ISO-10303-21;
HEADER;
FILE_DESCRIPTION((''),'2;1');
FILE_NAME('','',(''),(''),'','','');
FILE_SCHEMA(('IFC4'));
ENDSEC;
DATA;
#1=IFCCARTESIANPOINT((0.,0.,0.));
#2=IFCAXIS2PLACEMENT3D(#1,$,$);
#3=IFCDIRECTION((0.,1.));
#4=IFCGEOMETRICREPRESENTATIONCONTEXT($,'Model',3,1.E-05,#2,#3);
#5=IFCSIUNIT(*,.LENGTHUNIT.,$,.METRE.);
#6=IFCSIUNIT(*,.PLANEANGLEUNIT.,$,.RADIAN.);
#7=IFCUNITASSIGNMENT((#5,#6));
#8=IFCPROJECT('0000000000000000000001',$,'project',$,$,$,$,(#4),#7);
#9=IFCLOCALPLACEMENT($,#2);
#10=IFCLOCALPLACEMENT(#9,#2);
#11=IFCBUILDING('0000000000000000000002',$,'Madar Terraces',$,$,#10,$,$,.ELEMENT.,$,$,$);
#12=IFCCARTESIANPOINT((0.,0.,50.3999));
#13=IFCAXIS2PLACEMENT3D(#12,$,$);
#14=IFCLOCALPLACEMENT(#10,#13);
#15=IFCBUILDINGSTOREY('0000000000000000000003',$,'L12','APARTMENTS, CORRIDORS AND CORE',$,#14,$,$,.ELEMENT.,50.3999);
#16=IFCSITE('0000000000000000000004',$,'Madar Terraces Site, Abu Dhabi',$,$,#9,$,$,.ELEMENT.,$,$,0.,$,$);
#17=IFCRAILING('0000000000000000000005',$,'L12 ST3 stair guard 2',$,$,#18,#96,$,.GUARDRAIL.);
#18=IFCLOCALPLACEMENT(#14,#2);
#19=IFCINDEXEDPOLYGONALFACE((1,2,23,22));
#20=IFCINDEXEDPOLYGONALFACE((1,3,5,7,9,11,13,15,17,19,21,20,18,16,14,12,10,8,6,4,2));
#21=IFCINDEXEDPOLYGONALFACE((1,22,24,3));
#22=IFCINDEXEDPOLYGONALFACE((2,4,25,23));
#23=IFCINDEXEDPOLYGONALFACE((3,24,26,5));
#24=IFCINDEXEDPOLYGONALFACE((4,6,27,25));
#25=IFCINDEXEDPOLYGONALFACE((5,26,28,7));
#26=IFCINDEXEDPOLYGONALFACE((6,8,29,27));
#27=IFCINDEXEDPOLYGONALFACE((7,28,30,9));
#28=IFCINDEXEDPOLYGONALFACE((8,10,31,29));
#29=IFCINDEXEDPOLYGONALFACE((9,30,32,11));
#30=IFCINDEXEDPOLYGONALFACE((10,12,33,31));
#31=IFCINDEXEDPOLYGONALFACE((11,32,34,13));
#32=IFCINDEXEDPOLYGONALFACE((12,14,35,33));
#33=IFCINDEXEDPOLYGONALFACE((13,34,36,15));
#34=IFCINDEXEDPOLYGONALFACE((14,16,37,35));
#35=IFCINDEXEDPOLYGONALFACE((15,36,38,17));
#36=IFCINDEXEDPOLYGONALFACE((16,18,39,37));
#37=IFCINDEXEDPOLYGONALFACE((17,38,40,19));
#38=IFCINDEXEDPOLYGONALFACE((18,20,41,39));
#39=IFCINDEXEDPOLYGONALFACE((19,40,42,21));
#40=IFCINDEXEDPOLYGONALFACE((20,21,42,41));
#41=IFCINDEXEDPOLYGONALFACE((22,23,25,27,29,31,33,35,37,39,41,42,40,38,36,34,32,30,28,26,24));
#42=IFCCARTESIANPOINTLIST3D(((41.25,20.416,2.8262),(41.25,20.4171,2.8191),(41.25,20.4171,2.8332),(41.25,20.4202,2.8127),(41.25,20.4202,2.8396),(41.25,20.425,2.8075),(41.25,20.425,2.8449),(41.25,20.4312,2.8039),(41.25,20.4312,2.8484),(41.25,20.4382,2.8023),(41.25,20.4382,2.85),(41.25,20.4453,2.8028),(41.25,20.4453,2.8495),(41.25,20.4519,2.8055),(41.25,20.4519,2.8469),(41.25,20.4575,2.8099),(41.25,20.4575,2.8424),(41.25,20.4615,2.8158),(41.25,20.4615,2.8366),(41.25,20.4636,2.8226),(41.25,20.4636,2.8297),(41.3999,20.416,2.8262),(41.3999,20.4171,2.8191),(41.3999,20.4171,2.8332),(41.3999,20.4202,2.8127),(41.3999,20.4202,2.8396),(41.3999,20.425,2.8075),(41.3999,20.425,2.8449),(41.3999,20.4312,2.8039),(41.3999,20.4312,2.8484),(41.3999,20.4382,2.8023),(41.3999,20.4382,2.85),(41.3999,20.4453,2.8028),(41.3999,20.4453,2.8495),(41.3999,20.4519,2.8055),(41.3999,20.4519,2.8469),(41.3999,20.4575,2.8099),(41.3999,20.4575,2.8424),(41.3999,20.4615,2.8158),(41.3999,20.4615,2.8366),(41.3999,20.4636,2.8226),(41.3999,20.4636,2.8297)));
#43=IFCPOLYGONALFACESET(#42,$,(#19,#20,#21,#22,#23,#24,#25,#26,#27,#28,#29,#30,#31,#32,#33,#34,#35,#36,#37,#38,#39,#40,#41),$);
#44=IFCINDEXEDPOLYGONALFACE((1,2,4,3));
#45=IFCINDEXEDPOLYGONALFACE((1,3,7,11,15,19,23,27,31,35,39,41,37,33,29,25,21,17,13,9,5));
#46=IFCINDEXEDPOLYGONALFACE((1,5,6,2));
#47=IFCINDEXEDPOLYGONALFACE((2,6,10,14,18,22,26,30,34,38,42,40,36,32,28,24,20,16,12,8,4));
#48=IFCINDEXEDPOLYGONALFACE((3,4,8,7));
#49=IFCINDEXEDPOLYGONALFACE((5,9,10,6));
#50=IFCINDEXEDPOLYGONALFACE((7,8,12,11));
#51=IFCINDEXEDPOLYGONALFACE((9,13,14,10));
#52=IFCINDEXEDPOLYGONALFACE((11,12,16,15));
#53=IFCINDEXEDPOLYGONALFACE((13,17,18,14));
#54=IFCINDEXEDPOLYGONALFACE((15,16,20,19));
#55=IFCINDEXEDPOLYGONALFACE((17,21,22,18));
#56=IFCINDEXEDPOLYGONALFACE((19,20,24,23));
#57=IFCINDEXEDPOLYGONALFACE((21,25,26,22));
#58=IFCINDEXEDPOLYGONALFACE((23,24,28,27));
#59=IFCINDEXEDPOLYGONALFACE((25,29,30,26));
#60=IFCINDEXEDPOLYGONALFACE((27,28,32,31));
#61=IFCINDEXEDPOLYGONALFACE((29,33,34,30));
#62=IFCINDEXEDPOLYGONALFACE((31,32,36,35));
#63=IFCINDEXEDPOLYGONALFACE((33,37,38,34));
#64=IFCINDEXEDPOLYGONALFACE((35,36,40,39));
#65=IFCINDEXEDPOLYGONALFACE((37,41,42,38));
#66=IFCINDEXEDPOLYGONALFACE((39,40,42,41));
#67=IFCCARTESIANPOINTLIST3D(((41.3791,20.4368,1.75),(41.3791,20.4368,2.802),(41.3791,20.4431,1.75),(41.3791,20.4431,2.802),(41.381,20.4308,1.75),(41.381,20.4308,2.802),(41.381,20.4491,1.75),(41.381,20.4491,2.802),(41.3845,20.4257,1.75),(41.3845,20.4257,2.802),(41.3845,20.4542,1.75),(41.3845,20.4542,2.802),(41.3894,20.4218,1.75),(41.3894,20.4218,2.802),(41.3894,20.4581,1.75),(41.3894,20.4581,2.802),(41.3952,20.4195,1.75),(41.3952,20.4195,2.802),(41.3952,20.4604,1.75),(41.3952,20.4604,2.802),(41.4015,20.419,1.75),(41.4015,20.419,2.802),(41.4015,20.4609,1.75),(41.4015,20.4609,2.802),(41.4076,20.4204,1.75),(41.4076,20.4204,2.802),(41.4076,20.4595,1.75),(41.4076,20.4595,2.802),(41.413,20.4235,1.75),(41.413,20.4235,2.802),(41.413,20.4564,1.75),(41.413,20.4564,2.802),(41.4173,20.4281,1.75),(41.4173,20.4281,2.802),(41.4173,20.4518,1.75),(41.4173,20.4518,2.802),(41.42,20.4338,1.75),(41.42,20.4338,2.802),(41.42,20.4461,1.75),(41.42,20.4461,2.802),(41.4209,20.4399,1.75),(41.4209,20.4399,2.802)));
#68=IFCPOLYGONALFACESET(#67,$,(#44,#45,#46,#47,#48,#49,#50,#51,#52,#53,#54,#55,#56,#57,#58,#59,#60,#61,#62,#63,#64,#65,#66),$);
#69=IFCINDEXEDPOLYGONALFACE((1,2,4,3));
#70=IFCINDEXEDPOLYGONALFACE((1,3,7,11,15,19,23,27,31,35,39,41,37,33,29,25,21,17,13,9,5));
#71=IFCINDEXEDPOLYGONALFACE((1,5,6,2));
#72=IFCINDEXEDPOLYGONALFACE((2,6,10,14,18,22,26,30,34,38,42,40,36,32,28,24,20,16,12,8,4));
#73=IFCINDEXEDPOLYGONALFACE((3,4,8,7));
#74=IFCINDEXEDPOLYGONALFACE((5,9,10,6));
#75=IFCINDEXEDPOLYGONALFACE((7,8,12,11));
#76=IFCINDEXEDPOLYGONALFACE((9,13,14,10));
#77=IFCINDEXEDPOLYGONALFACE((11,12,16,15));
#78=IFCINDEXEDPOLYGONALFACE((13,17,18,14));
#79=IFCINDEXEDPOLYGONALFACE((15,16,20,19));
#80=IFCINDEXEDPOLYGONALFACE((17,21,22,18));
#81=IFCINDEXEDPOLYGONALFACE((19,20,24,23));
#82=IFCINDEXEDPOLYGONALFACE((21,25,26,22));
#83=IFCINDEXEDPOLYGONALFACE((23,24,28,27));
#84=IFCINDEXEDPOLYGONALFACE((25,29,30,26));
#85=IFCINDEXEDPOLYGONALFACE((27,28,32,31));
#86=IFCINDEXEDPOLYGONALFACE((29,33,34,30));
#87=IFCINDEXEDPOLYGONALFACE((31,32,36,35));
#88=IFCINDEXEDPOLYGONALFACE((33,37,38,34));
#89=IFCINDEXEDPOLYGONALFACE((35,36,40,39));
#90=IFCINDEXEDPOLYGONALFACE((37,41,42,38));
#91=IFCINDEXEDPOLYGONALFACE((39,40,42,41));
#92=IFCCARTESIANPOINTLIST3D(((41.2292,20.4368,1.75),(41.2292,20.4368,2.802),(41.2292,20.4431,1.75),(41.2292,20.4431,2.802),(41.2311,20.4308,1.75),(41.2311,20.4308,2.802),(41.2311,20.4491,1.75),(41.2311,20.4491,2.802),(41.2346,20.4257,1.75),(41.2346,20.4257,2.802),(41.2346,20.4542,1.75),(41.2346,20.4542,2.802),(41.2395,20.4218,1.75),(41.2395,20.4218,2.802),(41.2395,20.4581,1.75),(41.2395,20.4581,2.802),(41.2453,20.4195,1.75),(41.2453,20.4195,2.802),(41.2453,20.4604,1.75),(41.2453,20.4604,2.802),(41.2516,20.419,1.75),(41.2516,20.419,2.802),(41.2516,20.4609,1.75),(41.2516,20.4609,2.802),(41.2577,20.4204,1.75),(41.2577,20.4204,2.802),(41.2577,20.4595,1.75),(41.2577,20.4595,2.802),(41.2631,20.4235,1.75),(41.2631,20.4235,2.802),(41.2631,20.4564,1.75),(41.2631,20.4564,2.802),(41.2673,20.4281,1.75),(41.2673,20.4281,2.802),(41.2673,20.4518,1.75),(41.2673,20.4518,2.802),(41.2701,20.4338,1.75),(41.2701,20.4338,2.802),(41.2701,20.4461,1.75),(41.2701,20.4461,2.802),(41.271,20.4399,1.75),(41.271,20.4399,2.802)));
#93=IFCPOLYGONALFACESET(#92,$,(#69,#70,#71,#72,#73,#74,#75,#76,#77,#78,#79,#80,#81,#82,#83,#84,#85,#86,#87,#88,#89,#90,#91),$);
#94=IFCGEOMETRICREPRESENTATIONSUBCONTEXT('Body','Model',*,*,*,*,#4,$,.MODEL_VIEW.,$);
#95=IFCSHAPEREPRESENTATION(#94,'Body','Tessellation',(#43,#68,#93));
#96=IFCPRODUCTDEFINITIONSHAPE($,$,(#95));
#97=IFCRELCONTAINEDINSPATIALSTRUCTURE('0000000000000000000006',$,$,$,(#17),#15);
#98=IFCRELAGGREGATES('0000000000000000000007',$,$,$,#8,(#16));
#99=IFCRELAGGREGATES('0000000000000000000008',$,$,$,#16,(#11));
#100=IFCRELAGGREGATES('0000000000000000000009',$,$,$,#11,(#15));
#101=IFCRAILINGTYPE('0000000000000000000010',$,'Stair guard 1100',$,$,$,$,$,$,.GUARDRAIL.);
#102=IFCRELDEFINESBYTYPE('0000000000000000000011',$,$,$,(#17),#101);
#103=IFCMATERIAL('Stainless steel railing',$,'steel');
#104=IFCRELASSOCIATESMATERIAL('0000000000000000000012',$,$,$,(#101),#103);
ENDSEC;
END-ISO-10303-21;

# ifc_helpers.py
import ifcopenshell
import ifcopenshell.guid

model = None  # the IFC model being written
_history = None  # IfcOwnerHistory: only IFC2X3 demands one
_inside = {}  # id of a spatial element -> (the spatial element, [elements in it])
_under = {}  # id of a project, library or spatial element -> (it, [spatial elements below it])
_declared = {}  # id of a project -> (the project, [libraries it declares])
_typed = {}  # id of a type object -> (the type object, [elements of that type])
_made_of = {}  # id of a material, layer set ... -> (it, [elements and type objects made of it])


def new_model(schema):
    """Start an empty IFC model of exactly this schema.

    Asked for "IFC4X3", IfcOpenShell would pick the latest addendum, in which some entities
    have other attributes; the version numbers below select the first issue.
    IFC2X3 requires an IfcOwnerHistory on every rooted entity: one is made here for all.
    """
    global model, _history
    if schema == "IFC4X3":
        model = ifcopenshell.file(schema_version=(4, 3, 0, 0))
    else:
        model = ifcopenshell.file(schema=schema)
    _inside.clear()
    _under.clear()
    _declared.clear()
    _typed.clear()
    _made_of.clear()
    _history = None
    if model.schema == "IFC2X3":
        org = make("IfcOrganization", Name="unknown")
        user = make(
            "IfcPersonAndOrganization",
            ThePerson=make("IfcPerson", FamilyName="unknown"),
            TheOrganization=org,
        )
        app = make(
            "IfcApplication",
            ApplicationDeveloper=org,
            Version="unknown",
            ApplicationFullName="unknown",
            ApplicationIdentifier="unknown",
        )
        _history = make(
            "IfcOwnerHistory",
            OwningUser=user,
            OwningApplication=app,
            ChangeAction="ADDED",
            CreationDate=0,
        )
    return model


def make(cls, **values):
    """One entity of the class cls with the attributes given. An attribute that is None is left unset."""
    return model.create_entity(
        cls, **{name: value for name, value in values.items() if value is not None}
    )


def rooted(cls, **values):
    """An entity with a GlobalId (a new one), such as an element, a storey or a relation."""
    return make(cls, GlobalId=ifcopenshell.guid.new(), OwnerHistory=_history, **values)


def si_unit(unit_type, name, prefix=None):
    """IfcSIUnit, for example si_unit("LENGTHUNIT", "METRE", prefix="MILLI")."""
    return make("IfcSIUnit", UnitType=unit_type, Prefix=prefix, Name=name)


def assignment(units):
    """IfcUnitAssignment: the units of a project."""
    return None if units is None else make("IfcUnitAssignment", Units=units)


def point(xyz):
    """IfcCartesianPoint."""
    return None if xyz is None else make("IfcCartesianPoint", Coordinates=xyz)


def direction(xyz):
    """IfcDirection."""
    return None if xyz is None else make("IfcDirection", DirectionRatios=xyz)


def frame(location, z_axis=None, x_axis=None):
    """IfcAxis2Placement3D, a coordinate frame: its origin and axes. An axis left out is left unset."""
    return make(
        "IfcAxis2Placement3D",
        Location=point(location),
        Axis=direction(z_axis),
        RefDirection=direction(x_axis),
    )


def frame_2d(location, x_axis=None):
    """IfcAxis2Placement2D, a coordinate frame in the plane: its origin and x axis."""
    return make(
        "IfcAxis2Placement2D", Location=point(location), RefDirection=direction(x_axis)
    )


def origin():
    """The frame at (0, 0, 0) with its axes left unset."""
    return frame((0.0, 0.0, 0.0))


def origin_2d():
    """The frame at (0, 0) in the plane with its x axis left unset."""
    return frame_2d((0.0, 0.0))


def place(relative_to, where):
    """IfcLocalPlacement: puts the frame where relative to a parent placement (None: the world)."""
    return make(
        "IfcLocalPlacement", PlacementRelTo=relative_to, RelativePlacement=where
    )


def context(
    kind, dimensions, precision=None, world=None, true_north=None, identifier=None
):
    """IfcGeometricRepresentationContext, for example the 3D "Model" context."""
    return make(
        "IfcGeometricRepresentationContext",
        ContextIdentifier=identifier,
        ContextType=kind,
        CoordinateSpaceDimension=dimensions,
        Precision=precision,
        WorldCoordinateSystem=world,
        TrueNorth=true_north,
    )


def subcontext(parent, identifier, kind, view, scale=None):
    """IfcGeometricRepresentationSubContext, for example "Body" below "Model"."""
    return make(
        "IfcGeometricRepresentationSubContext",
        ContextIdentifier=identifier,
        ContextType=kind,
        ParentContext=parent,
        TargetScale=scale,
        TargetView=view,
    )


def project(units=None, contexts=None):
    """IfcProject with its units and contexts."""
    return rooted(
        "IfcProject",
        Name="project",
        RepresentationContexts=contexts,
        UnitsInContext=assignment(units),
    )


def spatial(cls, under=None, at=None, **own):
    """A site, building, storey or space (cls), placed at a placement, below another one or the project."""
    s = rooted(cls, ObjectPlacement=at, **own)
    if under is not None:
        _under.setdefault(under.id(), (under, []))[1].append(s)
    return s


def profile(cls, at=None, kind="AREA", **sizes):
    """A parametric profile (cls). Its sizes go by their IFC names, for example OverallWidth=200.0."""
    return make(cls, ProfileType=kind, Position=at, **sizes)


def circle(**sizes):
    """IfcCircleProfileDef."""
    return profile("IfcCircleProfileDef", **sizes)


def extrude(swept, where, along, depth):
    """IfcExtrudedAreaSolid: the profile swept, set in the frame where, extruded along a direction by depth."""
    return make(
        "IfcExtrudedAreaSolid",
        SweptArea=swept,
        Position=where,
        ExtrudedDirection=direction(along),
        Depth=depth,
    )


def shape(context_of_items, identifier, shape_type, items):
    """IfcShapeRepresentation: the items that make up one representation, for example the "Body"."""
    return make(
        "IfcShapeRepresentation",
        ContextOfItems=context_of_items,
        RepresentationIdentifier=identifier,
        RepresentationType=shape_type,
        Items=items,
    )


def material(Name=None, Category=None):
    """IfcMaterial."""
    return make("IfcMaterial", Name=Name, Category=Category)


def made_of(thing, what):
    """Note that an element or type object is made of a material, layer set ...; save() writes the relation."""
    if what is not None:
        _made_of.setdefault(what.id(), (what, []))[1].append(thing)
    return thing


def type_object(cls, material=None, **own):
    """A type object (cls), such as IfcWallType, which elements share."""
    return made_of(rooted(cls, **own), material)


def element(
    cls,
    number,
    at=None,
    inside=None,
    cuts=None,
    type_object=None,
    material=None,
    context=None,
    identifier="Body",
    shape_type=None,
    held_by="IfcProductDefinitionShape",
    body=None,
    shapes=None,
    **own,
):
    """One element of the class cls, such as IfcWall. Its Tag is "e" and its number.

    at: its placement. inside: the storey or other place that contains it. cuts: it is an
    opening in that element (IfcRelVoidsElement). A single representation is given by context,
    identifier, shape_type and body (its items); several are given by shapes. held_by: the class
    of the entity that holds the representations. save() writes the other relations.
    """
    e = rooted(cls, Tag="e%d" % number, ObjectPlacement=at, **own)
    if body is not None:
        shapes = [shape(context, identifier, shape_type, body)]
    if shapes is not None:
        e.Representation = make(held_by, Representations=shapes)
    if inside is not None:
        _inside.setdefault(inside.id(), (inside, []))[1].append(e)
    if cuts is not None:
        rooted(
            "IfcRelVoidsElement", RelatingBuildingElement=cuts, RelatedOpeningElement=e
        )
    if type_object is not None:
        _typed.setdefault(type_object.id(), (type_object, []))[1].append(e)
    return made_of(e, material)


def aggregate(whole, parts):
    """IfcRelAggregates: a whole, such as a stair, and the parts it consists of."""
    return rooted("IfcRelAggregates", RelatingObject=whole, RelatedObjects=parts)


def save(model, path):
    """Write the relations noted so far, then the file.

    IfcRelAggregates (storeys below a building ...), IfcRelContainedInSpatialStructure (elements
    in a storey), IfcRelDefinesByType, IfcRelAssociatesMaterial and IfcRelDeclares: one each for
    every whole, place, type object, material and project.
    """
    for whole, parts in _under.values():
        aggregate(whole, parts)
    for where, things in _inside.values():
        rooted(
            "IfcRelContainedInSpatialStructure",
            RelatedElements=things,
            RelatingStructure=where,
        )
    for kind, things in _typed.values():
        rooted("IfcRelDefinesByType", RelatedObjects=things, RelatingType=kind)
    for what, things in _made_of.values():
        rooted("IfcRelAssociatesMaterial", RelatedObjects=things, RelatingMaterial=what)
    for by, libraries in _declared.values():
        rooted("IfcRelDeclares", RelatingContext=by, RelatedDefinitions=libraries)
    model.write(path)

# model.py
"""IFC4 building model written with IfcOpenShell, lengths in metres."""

from ifc_helpers import new_model, si_unit, direction, frame, origin, origin_2d, place, context, subcontext, project, spatial, circle, extrude, material, type_object, element, save


model = new_model("IFC4")

# Units and contexts
model_context = context("Model", 3, precision=1e-05, world=origin(), true_north=direction((0.0, 1.0)))
body_context = subcontext(model_context, "Body", "Model", "MODEL_VIEW")
ifc_project = project(units=[si_unit("LENGTHUNIT", "METRE"), si_unit("PLANEANGLEUNIT", "RADIAN")], contexts=[model_context])

# Site, building, storey
site_placement = place(None, origin())
site = spatial("IfcSite", under=ifc_project, at=site_placement, Name="Madar Terraces Site, Abu Dhabi", CompositionType="ELEMENT", RefElevation=0.0)
building_placement = place(site_placement, origin())
building = spatial("IfcBuilding", under=site, at=building_placement, Name="Madar Terraces", CompositionType="ELEMENT")
storey_placement = place(building_placement, frame((0.0, 0.0, 50.3999)))
storey = spatial("IfcBuildingStorey", under=building, at=storey_placement, Name="L12", Description="APARTMENTS, CORRIDORS AND CORE", CompositionType="ELEMENT", Elevation=50.3999)

# Railing
ifc_material_1 = material(Name="Stainless steel railing", Category="steel")
railing_type_1 = type_object("IfcRailingType", Name="Stair guard 1100", PredefinedType="GUARDRAIL", material=ifc_material_1)
railing_1_placement = place(storey_placement, frame((41.3999, 20.4399, 1.75)))
element("IfcRailing", 1, at=railing_1_placement, inside=storey, type_object=railing_type_1, Name="L12 ST3 stair guard 2", PredefinedType="GUARDRAIL", context=body_context, shape_type="SweptSolid", body=[
    extrude(circle(Radius=0.0239, at=origin_2d()), frame((0.0, 0.0, 1.0762), z_axis=(-1.0, 0.0, 0.0), x_axis=(0.0, -1.0, 0.0)), (0.0, 0.0, 1.0), 0.1499),
    extrude(circle(Radius=0.021, at=origin_2d()), origin(), (0.0, 0.0, 1.0), 1.052),
    extrude(circle(Radius=0.021, at=origin_2d()), frame((-0.1499, 0.0, 0.0)), (0.0, 0.0, 1.0), 1.052),
])

save(model, "model.ifc")
